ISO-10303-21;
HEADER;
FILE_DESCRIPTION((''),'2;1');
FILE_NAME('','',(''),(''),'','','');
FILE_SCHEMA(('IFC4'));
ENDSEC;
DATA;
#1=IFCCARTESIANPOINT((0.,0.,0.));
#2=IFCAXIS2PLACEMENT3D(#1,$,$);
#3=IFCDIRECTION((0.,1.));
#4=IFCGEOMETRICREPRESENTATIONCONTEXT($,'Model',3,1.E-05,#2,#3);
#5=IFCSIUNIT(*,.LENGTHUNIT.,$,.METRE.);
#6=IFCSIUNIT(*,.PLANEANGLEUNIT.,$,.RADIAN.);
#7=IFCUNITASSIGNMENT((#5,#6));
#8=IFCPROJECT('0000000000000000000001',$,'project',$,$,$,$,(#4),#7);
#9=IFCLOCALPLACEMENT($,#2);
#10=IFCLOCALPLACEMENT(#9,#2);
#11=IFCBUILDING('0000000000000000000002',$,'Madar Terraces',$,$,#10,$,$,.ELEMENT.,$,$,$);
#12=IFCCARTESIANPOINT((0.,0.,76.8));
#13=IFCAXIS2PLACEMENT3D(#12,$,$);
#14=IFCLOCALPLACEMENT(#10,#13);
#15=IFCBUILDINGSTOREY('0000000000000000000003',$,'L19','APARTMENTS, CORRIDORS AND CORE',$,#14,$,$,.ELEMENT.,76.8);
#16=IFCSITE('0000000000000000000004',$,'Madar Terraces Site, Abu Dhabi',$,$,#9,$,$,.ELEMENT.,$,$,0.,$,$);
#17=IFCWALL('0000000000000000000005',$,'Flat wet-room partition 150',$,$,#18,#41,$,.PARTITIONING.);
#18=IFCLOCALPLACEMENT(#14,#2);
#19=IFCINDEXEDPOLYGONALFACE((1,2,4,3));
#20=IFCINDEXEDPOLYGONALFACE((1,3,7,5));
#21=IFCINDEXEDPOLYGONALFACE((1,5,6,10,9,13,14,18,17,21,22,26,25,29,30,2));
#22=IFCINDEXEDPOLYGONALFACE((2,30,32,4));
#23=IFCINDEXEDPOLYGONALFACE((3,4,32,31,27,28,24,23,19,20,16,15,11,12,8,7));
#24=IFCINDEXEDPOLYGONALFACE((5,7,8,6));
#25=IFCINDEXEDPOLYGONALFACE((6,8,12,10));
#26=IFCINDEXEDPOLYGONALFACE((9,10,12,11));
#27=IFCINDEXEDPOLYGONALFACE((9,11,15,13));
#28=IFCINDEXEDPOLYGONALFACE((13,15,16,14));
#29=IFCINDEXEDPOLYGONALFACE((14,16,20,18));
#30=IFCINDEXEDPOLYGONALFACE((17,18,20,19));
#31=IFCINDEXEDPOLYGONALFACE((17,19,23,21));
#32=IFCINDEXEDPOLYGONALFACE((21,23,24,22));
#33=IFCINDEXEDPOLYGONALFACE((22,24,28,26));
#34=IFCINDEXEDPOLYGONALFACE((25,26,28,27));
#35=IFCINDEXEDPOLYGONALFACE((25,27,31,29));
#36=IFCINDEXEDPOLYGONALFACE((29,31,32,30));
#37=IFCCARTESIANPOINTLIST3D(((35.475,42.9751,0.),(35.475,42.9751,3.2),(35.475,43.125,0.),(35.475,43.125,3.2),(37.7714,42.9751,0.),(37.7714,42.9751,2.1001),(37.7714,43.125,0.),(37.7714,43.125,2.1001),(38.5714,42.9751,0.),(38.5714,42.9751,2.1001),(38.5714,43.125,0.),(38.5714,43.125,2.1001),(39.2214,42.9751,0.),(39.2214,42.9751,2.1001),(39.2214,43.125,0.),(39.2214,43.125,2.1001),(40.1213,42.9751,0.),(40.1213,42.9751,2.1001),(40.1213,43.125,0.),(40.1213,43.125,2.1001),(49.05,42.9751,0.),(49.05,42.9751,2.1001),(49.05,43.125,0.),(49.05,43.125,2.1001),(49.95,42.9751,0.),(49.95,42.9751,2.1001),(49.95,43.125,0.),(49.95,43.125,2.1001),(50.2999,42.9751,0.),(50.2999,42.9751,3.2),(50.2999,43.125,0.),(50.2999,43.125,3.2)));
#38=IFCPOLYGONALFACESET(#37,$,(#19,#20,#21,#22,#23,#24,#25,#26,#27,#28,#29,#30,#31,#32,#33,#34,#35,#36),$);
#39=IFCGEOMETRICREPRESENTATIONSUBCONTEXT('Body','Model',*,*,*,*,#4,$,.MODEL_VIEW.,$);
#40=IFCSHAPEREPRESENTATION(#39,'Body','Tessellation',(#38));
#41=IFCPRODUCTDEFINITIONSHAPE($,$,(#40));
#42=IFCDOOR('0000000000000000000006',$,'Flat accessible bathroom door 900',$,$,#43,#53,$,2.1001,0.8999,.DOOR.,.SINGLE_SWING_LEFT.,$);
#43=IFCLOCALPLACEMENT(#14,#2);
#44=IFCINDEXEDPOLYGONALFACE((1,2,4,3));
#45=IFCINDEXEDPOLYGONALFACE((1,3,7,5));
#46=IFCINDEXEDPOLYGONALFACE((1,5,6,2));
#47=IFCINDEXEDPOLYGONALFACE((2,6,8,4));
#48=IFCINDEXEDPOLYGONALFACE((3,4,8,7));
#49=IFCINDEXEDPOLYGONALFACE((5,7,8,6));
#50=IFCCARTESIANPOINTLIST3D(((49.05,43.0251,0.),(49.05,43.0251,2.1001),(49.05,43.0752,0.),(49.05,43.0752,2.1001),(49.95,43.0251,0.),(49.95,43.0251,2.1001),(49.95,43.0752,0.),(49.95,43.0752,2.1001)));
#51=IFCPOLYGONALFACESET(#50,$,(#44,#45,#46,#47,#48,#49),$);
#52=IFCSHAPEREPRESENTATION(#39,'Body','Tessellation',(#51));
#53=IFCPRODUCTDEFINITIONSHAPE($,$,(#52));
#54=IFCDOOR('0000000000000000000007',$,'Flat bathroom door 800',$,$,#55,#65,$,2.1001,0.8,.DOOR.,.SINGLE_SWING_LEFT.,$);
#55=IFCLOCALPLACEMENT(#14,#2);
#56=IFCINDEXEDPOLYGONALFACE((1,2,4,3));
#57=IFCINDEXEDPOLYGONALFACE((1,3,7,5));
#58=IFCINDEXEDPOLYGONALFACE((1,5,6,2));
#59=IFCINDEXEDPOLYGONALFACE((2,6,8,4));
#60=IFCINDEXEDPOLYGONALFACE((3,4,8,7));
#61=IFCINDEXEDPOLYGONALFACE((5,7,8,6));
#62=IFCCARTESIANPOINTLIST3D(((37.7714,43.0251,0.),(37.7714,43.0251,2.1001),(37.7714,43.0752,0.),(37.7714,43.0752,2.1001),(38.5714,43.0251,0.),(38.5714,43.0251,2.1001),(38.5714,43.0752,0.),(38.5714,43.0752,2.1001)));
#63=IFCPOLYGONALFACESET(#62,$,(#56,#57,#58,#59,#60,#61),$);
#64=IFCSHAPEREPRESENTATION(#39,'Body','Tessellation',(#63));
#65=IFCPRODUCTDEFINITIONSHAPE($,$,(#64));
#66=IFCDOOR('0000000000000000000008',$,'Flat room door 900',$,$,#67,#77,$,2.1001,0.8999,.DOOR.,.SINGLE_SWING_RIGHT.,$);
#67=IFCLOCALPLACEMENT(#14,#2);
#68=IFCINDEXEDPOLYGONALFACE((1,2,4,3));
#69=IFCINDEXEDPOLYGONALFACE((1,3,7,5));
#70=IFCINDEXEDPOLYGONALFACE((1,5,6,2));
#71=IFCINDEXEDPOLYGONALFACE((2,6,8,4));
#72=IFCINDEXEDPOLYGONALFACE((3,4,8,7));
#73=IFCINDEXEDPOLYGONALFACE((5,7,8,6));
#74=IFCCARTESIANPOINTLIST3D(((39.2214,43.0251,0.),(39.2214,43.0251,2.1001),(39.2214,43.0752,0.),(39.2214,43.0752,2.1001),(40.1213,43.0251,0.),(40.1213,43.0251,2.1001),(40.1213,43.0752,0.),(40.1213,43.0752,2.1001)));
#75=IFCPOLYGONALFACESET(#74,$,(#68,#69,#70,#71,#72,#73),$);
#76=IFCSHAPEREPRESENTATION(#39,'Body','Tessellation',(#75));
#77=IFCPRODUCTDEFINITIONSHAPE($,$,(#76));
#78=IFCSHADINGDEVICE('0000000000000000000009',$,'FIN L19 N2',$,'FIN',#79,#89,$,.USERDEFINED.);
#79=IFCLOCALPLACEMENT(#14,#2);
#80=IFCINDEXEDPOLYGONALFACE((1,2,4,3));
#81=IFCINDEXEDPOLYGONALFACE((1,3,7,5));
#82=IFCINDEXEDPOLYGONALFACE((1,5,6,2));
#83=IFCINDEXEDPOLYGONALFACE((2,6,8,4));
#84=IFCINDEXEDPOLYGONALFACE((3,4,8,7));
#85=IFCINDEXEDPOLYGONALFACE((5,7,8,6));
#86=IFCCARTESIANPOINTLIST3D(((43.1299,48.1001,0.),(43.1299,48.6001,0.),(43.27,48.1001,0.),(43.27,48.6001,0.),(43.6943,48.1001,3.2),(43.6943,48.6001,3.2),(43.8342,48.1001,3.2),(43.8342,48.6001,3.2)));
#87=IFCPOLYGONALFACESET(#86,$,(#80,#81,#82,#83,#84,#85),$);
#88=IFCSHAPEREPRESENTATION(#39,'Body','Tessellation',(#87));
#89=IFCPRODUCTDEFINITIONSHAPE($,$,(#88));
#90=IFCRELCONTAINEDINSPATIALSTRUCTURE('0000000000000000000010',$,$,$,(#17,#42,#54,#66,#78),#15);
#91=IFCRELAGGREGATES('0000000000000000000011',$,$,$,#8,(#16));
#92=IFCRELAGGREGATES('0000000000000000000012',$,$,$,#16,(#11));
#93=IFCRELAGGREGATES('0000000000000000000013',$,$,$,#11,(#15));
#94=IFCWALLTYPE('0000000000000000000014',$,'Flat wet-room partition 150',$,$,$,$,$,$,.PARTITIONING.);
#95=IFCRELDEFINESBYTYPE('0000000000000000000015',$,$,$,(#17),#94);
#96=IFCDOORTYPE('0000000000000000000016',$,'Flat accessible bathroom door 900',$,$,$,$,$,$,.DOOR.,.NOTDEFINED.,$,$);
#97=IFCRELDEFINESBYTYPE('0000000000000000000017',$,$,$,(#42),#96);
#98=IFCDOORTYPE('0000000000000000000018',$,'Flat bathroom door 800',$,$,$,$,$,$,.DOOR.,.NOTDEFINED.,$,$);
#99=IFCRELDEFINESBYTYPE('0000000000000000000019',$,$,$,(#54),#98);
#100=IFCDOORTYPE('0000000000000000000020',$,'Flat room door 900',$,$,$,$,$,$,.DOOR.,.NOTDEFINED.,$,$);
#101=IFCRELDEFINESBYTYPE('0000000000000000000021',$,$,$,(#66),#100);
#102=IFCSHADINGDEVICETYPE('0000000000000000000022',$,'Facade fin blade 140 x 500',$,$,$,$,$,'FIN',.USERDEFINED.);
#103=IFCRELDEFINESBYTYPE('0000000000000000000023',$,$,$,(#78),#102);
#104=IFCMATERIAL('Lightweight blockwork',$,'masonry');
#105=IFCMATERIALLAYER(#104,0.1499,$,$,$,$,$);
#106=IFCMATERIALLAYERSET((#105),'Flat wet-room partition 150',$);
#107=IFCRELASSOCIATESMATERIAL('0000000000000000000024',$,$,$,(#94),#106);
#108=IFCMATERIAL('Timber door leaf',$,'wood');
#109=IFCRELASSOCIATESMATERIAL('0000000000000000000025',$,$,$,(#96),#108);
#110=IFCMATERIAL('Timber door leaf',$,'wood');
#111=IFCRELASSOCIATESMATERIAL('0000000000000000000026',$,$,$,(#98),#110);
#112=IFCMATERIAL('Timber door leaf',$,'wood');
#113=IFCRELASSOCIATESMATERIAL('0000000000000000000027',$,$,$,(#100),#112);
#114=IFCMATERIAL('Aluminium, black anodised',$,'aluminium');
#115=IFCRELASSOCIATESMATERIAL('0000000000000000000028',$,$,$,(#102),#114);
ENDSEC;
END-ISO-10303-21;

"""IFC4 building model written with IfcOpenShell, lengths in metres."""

from ifc_helpers import new_model, si_unit, direction, frame, frame_2d, origin, place, context, subcontext, project, spatial, polyline, rectangle, outline, extrude, material, layer, layer_set, type_object, element, fill, save


model = new_model("IFC4")

# Units and contexts
model_context = context("Model", 3, precision=1e-05, world=origin(), true_north=direction((0.0, 1.0)))
body_context = subcontext(model_context, "Body", "Model", "MODEL_VIEW")
ifc_project = project(units=[si_unit("LENGTHUNIT", "METRE"), si_unit("PLANEANGLEUNIT", "RADIAN")], contexts=[model_context])

# Site, building, storey
site_placement = place(None, origin())
site = spatial("IfcSite", under=ifc_project, at=site_placement, Name="Madar Terraces Site, Abu Dhabi", CompositionType="ELEMENT", RefElevation=0.0)
building_placement = place(site_placement, origin())
building = spatial("IfcBuilding", under=site, at=building_placement, Name="Madar Terraces", CompositionType="ELEMENT")
storey_placement = place(building_placement, frame((0.0, 0.0, 76.8)))
storey = spatial("IfcBuildingStorey", under=building, at=storey_placement, Name="L19", Description="APARTMENTS, CORRIDORS AND CORE", CompositionType="ELEMENT", Elevation=76.8)

# Shared definitions
ifc_material_1 = material(Name="Lightweight blockwork", Category="masonry")
ifc_layer_1 = layer(ifc_material_1, 0.1499)
ifc_layer_set_1 = layer_set([ifc_layer_1], Name="Flat wet-room partition 150")
wall_type_1 = type_object("IfcWallType", Name="Flat wet-room partition 150", PredefinedType="PARTITIONING", material=ifc_layer_set_1)

# Wall, openings, doors
wall_1_placement = place(storey_placement, frame((50.3, 43.05, 0.0), z_axis=(0.0, 0.0, 1.0), x_axis=(-1.0, 0.0, 0.0)))
wall_1 = element("IfcWall", 1, at=wall_1_placement, inside=storey, type_object=wall_type_1, Name="Flat wet-room partition 150", PredefinedType="PARTITIONING", context=body_context, shape_type="SweptSolid", body=[
    extrude(rectangle(XDim=14.825, YDim=0.1499, at=frame_2d((7.4126, 0.0))), origin(), (0.0, 0.0, 1.0), 3.2),
])
opening_1_placement = place(wall_1_placement, frame((11.7288, 0.0, 0.0)))
opening_1 = element("IfcOpeningElement", 2, at=opening_1_placement, cuts=wall_1, PredefinedType="OPENING", context=body_context, shape_type="SweptSolid", body=[
    extrude(rectangle(XDim=0.8, YDim=2.1001, at=frame_2d((0.3999, 1.05))), frame((0.0, 0.085, 0.0), z_axis=(0.0, -1.0, 0.0), x_axis=(1.0, 0.0, 0.0)), (0.0, 0.0, 1.0), 0.1699),
])
opening_2_placement = place(wall_1_placement, frame((10.1787, 0.0, 0.0)))
opening_2 = element("IfcOpeningElement", 3, at=opening_2_placement, cuts=wall_1, PredefinedType="OPENING", context=body_context, shape_type="SweptSolid", body=[
    extrude(rectangle(XDim=0.8999, YDim=2.1001, at=frame_2d((0.45, 1.05))), frame((0.0, 0.085, 0.0), z_axis=(0.0, -1.0, 0.0), x_axis=(1.0, 0.0, 0.0)), (0.0, 0.0, 1.0), 0.1699),
])
opening_3_placement = place(wall_1_placement, frame((0.3501, 0.0, 0.0)))
opening_3 = element("IfcOpeningElement", 4, at=opening_3_placement, cuts=wall_1, PredefinedType="OPENING", context=body_context, shape_type="SweptSolid", body=[
    extrude(rectangle(XDim=0.8999, YDim=2.1001, at=frame_2d((0.45, 1.05))), frame((0.0, 0.085, 0.0), z_axis=(0.0, -1.0, 0.0), x_axis=(1.0, 0.0, 0.0)), (0.0, 0.0, 1.0), 0.1699),
])
ifc_material_2 = material(Name="Timber door leaf", Category="wood")
door_type_1 = type_object("IfcDoorType", Name="Flat accessible bathroom door 900", OperationType="NOTDEFINED", PredefinedType="DOOR", material=ifc_material_2)
door_1_placement = place(opening_3_placement, origin())
door_1 = element("IfcDoor", 5, at=door_1_placement, inside=storey, type_object=door_type_1, Name="Flat accessible bathroom door 900", OperationType="SINGLE_SWING_LEFT", OverallHeight=2.1001, OverallWidth=0.8999, PredefinedType="DOOR", context=body_context, shape_type="SweptSolid", body=[
    extrude(rectangle(XDim=0.8999, YDim=2.1001, at=frame_2d((0.45, 1.05))), frame((0.0, 0.0249, 0.0), z_axis=(0.0, -1.0, 0.0), x_axis=(1.0, 0.0, 0.0)), (0.0, 0.0, 1.0), 0.05),
])
fill(opening_3, door_1)
ifc_material_3 = material(Name="Timber door leaf", Category="wood")
door_type_2 = type_object("IfcDoorType", Name="Flat bathroom door 800", OperationType="NOTDEFINED", PredefinedType="DOOR", material=ifc_material_3)
door_2_placement = place(opening_1_placement, origin())
door_2 = element("IfcDoor", 6, at=door_2_placement, inside=storey, type_object=door_type_2, Name="Flat bathroom door 800", OperationType="SINGLE_SWING_LEFT", OverallHeight=2.1001, OverallWidth=0.8, PredefinedType="DOOR", context=body_context, shape_type="SweptSolid", body=[
    extrude(rectangle(XDim=0.8, YDim=2.1001, at=frame_2d((0.3999, 1.05))), frame((0.0, 0.0249, 0.0), z_axis=(0.0, -1.0, 0.0), x_axis=(1.0, 0.0, 0.0)), (0.0, 0.0, 1.0), 0.05),
])
fill(opening_1, door_2)
ifc_material_4 = material(Name="Timber door leaf", Category="wood")
door_type_3 = type_object("IfcDoorType", Name="Flat room door 900", OperationType="NOTDEFINED", PredefinedType="DOOR", material=ifc_material_4)
door_3_placement = place(opening_2_placement, origin())
door_3 = element("IfcDoor", 7, at=door_3_placement, inside=storey, type_object=door_type_3, Name="Flat room door 900", OperationType="SINGLE_SWING_RIGHT", OverallHeight=2.1001, OverallWidth=0.8999, PredefinedType="DOOR", context=body_context, shape_type="SweptSolid", body=[
    extrude(rectangle(XDim=0.8999, YDim=2.1001, at=frame_2d((0.45, 1.05))), frame((0.0, 0.0249, 0.0), z_axis=(0.0, -1.0, 0.0), x_axis=(1.0, 0.0, 0.0)), (0.0, 0.0, 1.0), 0.05),
])
fill(opening_2, door_3)

# Shading device
ifc_material_5 = material(Name="Aluminium, black anodised", Category="aluminium")
shading_device_type = type_object("IfcShadingDeviceType", Name="Facade fin blade 140 x 500", ElementType="FIN", PredefinedType="USERDEFINED", material=ifc_material_5)
shading_device_placement = place(storey_placement, frame((43.27, 48.3501, 0.0), z_axis=(0.0, 0.0, 1.0), x_axis=(-1.0, 0.0, 0.0)))
element("IfcShadingDevice", 8, at=shading_device_placement, inside=storey, type_object=shading_device_type, Name="FIN L19 N2", ObjectType="FIN", PredefinedType="USERDEFINED", context=body_context, shape_type="SweptSolid", body=[
    extrude(outline(polyline([(0.0, 0.0), (0.1401, 0.0), (-0.4243, 3.2), (-0.5642, 3.2), (0.0, 0.0)])), frame((0.0, 0.25, 0.0), z_axis=(0.0, -1.0, 0.0), x_axis=(1.0, 0.0, 0.0)), (0.0, 0.0, 1.0), 0.5),
])

save(model, "model.ifc")
